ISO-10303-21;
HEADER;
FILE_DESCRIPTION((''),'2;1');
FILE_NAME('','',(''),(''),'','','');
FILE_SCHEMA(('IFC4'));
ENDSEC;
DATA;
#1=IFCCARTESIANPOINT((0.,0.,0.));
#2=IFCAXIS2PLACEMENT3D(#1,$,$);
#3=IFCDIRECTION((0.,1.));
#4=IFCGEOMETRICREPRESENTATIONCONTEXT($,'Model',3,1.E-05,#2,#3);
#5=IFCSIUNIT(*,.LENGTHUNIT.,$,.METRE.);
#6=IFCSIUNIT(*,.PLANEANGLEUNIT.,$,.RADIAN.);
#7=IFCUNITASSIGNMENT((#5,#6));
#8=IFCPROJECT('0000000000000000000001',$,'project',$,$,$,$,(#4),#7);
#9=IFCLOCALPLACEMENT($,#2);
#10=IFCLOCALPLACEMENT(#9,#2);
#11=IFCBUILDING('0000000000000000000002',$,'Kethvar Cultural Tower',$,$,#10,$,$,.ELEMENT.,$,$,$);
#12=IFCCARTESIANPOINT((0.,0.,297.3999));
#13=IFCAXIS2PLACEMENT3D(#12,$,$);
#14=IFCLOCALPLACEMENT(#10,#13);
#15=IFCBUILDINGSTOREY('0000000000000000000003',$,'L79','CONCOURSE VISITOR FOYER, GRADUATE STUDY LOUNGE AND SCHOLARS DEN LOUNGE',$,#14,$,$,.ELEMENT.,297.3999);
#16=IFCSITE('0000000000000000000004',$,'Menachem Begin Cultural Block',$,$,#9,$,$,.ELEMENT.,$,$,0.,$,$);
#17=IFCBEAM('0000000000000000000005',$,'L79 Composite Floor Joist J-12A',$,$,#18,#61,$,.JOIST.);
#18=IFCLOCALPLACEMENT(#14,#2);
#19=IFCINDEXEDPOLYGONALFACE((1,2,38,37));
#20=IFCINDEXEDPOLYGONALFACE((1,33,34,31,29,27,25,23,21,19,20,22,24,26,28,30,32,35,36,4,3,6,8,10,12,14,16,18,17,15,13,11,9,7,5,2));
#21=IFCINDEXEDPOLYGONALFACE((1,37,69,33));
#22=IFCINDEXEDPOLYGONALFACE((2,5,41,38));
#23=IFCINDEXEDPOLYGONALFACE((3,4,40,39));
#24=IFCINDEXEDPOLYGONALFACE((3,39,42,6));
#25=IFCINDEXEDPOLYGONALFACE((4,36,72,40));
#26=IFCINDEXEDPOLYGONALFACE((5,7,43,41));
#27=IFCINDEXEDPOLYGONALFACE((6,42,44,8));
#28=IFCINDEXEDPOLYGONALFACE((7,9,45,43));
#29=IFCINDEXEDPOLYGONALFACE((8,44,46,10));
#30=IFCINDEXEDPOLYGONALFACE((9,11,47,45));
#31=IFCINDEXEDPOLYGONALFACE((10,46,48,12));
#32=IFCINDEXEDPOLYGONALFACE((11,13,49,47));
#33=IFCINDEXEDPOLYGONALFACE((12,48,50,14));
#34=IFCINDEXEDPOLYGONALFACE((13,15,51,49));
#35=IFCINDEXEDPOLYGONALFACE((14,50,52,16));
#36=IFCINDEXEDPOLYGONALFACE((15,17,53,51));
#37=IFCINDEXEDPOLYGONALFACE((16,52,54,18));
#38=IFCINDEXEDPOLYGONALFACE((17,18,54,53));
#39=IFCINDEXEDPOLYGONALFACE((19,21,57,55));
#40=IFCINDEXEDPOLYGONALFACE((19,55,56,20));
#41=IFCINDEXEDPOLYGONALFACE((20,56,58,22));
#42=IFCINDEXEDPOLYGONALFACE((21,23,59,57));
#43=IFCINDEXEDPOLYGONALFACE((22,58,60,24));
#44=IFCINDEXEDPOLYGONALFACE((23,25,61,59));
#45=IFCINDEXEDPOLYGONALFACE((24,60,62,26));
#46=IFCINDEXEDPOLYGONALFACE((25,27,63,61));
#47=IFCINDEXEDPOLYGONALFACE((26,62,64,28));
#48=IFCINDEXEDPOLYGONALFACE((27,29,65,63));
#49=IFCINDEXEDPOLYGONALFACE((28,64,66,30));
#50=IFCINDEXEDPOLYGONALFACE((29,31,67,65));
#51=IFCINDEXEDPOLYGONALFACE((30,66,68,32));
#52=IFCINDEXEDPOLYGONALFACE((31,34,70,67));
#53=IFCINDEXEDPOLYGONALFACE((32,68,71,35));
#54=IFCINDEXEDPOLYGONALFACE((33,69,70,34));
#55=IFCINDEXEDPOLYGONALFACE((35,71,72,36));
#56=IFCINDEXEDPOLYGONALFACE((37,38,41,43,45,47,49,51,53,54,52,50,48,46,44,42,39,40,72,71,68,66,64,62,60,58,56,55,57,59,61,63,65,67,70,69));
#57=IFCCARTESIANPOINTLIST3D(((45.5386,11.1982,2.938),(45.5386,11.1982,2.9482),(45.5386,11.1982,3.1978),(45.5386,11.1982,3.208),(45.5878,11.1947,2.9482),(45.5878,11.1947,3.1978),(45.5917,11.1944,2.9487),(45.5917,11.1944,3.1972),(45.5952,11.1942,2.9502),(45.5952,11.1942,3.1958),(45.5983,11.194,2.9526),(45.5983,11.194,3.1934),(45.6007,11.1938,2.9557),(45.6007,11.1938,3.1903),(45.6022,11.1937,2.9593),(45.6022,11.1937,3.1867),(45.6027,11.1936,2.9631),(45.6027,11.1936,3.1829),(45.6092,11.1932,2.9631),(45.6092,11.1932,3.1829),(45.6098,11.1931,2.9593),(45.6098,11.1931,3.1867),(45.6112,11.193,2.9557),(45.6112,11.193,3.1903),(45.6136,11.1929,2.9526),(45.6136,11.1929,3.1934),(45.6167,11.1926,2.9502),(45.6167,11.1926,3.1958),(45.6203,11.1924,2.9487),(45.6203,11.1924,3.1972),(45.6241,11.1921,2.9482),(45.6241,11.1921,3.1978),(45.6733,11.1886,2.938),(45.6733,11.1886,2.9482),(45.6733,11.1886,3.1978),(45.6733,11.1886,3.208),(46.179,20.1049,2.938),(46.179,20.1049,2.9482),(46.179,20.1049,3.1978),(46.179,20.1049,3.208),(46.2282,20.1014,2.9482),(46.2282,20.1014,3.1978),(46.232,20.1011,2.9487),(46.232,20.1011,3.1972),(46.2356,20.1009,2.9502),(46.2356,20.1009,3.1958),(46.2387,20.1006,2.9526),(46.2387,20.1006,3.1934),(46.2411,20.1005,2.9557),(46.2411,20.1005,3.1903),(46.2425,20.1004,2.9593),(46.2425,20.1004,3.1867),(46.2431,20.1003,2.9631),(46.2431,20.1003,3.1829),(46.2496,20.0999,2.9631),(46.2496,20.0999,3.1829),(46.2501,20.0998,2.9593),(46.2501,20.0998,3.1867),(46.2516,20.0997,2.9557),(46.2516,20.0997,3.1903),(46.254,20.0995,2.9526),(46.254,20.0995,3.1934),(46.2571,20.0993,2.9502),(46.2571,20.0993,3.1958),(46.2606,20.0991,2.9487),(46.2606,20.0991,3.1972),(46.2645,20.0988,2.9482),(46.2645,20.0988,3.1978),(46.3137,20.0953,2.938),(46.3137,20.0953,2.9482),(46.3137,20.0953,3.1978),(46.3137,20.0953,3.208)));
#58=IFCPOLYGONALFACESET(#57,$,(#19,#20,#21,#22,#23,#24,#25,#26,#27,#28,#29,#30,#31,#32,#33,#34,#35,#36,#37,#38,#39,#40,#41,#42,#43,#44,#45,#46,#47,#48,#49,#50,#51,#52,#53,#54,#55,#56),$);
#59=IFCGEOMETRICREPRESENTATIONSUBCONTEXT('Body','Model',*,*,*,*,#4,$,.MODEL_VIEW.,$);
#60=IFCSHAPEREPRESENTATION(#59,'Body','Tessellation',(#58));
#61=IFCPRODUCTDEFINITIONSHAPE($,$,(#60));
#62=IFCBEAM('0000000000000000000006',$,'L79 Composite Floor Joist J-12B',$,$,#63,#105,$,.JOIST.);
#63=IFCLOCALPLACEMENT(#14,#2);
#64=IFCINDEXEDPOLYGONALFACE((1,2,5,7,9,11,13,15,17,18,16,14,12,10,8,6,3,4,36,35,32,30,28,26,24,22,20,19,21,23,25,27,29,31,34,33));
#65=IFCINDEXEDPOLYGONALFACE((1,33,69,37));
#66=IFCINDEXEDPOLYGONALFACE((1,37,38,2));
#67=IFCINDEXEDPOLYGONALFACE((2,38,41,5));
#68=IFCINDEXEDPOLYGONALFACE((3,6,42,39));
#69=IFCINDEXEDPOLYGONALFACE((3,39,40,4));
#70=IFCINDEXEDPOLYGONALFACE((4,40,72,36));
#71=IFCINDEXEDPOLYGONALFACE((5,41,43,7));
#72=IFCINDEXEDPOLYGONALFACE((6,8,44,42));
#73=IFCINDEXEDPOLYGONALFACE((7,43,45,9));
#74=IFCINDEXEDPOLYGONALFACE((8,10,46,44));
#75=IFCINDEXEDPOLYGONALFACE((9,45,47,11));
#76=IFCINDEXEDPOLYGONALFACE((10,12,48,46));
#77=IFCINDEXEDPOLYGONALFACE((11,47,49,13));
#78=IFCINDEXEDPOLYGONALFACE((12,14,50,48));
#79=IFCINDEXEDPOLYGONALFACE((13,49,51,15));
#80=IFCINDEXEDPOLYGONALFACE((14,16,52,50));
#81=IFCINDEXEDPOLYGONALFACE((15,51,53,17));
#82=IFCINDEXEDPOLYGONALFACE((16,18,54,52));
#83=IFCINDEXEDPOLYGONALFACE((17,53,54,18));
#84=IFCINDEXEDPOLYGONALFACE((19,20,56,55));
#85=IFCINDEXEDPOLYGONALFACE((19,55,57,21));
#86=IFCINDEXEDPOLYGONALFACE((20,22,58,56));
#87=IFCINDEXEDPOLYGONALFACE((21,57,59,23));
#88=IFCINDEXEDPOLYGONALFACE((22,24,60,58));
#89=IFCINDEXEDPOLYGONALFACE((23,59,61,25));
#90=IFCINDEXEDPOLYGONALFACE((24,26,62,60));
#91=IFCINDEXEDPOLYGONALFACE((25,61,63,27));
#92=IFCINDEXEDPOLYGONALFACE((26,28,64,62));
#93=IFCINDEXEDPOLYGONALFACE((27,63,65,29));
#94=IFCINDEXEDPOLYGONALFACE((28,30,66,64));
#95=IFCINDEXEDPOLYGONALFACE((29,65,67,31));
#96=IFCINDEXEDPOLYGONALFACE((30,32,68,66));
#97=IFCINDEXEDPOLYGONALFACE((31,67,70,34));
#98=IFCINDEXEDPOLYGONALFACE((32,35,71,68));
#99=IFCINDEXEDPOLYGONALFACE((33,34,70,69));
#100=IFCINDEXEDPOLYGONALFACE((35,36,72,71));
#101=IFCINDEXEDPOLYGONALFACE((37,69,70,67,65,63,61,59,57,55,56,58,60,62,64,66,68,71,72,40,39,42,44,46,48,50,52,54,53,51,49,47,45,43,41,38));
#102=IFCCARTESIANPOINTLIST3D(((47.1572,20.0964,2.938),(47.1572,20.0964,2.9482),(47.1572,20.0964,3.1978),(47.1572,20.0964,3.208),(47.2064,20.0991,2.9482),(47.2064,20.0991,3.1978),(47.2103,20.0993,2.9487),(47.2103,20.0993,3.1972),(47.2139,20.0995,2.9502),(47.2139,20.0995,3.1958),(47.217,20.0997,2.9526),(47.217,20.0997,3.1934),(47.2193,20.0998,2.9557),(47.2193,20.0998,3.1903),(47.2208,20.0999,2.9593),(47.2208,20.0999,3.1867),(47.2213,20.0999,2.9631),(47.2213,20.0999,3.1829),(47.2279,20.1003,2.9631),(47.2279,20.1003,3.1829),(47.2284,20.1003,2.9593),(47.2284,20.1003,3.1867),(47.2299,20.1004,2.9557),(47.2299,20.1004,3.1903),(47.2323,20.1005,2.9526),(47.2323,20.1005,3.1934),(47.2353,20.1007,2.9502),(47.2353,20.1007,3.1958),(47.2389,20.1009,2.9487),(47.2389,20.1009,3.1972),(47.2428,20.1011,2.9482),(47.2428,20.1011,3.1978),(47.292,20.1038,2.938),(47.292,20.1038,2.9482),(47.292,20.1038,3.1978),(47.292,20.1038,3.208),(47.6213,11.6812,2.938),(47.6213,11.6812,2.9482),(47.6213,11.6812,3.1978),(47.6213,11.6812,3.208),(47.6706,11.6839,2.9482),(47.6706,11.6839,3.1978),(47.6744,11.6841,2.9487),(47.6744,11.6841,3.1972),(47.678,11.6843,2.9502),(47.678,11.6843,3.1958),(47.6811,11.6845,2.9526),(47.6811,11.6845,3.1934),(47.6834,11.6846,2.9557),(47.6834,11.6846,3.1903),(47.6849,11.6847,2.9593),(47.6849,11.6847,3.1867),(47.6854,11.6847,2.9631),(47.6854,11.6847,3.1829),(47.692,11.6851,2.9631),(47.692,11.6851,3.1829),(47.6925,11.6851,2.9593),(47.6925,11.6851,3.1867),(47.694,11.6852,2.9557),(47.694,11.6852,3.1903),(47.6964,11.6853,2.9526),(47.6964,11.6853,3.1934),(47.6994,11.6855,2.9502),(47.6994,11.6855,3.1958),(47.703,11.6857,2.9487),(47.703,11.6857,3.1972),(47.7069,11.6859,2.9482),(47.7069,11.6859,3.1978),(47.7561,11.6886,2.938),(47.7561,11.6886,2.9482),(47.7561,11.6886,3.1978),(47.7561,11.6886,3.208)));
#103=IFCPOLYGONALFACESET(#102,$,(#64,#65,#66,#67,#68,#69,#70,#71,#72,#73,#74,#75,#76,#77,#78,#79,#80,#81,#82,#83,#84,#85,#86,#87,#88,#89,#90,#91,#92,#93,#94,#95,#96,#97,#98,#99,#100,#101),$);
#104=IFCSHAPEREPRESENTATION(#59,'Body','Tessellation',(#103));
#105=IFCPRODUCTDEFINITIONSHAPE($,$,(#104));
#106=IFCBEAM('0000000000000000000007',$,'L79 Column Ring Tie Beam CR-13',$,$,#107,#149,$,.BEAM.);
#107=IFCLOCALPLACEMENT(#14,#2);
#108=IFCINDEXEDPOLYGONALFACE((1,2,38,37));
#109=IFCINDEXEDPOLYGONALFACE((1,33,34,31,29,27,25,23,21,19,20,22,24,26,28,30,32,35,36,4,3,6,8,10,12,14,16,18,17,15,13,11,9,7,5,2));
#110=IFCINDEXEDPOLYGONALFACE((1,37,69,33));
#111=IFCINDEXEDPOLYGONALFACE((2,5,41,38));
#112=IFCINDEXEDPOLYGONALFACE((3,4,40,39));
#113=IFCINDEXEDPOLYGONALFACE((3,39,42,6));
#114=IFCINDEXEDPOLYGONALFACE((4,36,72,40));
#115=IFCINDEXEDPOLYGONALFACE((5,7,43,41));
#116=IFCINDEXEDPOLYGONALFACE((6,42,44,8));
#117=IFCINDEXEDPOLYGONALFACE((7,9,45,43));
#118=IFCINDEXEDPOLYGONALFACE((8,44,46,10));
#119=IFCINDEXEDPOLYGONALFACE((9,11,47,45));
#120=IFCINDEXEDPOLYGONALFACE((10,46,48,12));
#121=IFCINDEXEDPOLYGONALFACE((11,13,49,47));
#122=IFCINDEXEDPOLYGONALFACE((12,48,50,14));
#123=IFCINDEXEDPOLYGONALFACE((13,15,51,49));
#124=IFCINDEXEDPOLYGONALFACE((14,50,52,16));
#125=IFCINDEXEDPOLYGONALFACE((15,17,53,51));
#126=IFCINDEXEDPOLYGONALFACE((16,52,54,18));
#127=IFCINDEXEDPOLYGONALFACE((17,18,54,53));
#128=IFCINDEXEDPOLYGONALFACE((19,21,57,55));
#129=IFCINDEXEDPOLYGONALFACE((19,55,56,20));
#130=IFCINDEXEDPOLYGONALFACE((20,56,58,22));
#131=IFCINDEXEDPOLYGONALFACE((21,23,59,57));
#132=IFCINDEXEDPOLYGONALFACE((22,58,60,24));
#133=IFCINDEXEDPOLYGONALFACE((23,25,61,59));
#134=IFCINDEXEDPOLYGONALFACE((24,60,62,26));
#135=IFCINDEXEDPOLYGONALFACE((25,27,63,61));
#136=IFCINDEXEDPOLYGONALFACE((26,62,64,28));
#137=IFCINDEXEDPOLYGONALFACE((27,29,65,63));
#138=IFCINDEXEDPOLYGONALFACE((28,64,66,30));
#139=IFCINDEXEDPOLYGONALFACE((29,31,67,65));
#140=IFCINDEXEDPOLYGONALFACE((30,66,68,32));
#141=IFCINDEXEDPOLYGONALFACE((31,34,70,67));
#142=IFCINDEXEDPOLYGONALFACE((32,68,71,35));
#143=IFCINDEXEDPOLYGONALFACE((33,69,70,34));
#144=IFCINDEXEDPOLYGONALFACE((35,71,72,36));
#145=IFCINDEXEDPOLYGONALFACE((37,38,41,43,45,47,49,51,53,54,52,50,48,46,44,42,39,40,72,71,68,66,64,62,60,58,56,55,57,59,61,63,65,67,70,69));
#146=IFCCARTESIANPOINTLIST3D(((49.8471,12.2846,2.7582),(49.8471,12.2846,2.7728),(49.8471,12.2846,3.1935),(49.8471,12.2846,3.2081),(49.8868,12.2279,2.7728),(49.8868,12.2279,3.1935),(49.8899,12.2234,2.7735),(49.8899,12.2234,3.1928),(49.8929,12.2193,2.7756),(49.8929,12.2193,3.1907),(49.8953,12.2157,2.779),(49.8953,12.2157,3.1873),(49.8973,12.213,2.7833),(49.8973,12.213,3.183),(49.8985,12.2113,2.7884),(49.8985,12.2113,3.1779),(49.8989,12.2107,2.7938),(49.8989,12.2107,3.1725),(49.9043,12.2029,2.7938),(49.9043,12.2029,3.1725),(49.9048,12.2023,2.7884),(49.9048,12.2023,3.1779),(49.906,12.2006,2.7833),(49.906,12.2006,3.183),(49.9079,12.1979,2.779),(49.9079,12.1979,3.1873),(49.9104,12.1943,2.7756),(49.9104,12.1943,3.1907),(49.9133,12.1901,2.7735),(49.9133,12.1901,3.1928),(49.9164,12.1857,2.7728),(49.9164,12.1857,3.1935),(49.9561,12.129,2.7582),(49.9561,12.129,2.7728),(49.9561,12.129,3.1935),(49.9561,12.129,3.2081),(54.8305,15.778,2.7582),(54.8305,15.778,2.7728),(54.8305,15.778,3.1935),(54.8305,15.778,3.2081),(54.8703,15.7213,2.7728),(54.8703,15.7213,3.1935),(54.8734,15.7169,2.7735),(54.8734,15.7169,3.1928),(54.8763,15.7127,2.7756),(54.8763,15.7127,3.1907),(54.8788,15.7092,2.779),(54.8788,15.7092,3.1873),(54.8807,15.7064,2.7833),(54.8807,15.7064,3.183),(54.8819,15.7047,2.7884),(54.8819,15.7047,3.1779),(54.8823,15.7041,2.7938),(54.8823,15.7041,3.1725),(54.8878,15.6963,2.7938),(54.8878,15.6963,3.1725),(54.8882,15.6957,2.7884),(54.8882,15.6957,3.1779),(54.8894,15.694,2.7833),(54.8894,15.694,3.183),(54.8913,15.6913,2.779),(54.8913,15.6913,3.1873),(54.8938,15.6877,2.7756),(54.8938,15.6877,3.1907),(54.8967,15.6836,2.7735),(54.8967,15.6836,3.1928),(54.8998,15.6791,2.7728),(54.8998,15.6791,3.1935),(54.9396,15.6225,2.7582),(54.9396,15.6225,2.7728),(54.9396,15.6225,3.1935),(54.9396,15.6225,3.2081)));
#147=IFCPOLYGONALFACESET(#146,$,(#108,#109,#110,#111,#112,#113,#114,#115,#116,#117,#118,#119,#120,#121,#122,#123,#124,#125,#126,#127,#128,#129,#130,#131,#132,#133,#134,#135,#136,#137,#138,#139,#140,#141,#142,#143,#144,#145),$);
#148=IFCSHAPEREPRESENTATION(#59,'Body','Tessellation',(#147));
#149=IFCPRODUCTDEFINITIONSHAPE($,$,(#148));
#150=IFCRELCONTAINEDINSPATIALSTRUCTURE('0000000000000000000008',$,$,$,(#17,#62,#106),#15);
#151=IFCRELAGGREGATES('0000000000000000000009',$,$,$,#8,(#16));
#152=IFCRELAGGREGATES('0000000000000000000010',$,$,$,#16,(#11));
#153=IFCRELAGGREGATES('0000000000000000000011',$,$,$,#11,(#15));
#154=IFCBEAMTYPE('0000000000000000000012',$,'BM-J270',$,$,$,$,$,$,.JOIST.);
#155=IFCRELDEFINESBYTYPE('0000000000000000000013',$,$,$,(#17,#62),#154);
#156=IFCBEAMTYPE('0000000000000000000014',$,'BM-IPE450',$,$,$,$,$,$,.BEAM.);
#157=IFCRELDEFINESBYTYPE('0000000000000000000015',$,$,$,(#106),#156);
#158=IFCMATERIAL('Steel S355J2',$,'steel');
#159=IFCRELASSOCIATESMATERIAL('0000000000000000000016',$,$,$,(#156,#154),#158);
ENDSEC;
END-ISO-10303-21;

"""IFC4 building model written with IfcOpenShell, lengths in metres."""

from ifc_helpers import new_model, si_unit, direction, frame, origin, origin_2d, place, context, subcontext, project, spatial, i_section, extrude, source, transform, mapped, material, material_profile, profile_set, type_object, element, save


model = new_model("IFC4")

# Units and contexts
model_context = context("Model", 3, precision=1e-05, world=origin(), true_north=direction((0.0, 1.0)))
body_context = subcontext(model_context, "Body", "Model", "MODEL_VIEW")
ifc_project = project(units=[si_unit("LENGTHUNIT", "METRE"), si_unit("PLANEANGLEUNIT", "RADIAN")], contexts=[model_context])

# Site, building, storey
site_placement = place(None, origin())
site = spatial("IfcSite", under=ifc_project, at=site_placement, Name="Menachem Begin Cultural Block", CompositionType="ELEMENT", RefElevation=0.0)
building_placement = place(site_placement, origin())
building = spatial("IfcBuilding", under=site, at=building_placement, Name="Kethvar Cultural Tower", CompositionType="ELEMENT")
storey_placement = place(building_placement, frame((0.0, 0.0, 297.3999)))
storey = spatial("IfcBuildingStorey", under=building, at=storey_placement, Name="L79", Description="CONCOURSE VISITOR FOYER, GRADUATE STUDY LOUNGE AND SCHOLARS DEN LOUNGE", CompositionType="ELEMENT", Elevation=297.3999)

# Shared definitions
ifc_material_1 = material(Name="Steel S355J2", Category="steel")

# Beams
ifc_material_profile_1 = material_profile(ifc_material_1, i_section(OverallWidth=0.1899, OverallDepth=0.45, WebThickness=0.0095, FlangeThickness=0.0146, FilletRadius=0.021, at=origin_2d()), Name="Steel S355J2 — IPE450")
ifc_profile_set_1 = profile_set([ifc_material_profile_1], Name="Steel S355J2 — IPE450")
beam_type_1 = type_object("IfcBeamType", Name="BM-IPE450", PredefinedType="BEAM", material=ifc_profile_set_1)
ifc_material_profile_2 = material_profile(ifc_material_1, i_section(OverallWidth=0.135, OverallDepth=0.27, WebThickness=0.0066, FlangeThickness=0.0103, FilletRadius=0.0149, at=origin_2d()), Name="Steel S355J2 — IPE270")
ifc_profile_set_2 = profile_set([ifc_material_profile_2], Name="Steel S355J2 — IPE270")
beam_type_2 = type_object("IfcBeamType", Name="BM-J270", PredefinedType="JOIST", material=ifc_profile_set_2)
shared_shape_1 = source(origin(), body_context, "Body", "SweptSolid", [
    extrude(i_section(OverallWidth=0.135, OverallDepth=0.27, WebThickness=0.0066, FlangeThickness=0.0103, FilletRadius=0.0149, at=origin_2d()), origin(), (0.0, 0.0, 1.0), 8.9297),
])
beam_1_placement = place(storey_placement, frame((46.2463, 20.1001, 3.073), z_axis=(-0.071713, -0.997425, 0.0), x_axis=(0.997425, -0.071713, 0.0)))
element("IfcBeam", 1, at=beam_1_placement, inside=storey, type_object=beam_type_2, Name="L79 Composite Floor Joist J-12A", PredefinedType="JOIST", context=body_context, shape_type="MappedRepresentation", body=[
    mapped(shared_shape_1, transform((0.0, 0.0, 0.0), scale=1.0)),
])
shared_shape_2 = source(origin(), body_context, "Body", "SweptSolid", [
    extrude(i_section(OverallWidth=0.135, OverallDepth=0.27, WebThickness=0.0066, FlangeThickness=0.0103, FilletRadius=0.0149, at=origin_2d()), origin(), (0.0, 0.0, 1.0), 8.428),
])
beam_2_placement = place(storey_placement, frame((47.2246, 20.1001, 3.073), z_axis=(0.055067, -0.998483, 0.0), x_axis=(0.998483, 0.055067, 0.0)))
element("IfcBeam", 2, at=beam_2_placement, inside=storey, type_object=beam_type_2, Name="L79 Composite Floor Joist J-12B", PredefinedType="JOIST", context=body_context, shape_type="MappedRepresentation", body=[
    mapped(shared_shape_2, transform((0.0, 0.0, 0.0), scale=1.0)),
])
shared_shape_3 = source(origin(), body_context, "Body", "SweptSolid", [
    extrude(i_section(OverallWidth=0.1899, OverallDepth=0.45, WebThickness=0.0095, FlangeThickness=0.0146, FilletRadius=0.021, at=origin_2d()), origin(), (0.0, 0.0, 1.0), 6.0859),
])
beam_3_placement = place(storey_placement, frame((49.9016, 12.2068, 2.9832), z_axis=(0.818843, 0.574017, 0.0), x_axis=(-0.574017, 0.818843, 0.0)))
element("IfcBeam", 3, at=beam_3_placement, inside=storey, type_object=beam_type_1, Name="L79 Column Ring Tie Beam CR-13", PredefinedType="BEAM", context=body_context, shape_type="MappedRepresentation", body=[
    mapped(shared_shape_3, transform((0.0, 0.0, 0.0), scale=1.0)),
])

save(model, "model.ifc")
